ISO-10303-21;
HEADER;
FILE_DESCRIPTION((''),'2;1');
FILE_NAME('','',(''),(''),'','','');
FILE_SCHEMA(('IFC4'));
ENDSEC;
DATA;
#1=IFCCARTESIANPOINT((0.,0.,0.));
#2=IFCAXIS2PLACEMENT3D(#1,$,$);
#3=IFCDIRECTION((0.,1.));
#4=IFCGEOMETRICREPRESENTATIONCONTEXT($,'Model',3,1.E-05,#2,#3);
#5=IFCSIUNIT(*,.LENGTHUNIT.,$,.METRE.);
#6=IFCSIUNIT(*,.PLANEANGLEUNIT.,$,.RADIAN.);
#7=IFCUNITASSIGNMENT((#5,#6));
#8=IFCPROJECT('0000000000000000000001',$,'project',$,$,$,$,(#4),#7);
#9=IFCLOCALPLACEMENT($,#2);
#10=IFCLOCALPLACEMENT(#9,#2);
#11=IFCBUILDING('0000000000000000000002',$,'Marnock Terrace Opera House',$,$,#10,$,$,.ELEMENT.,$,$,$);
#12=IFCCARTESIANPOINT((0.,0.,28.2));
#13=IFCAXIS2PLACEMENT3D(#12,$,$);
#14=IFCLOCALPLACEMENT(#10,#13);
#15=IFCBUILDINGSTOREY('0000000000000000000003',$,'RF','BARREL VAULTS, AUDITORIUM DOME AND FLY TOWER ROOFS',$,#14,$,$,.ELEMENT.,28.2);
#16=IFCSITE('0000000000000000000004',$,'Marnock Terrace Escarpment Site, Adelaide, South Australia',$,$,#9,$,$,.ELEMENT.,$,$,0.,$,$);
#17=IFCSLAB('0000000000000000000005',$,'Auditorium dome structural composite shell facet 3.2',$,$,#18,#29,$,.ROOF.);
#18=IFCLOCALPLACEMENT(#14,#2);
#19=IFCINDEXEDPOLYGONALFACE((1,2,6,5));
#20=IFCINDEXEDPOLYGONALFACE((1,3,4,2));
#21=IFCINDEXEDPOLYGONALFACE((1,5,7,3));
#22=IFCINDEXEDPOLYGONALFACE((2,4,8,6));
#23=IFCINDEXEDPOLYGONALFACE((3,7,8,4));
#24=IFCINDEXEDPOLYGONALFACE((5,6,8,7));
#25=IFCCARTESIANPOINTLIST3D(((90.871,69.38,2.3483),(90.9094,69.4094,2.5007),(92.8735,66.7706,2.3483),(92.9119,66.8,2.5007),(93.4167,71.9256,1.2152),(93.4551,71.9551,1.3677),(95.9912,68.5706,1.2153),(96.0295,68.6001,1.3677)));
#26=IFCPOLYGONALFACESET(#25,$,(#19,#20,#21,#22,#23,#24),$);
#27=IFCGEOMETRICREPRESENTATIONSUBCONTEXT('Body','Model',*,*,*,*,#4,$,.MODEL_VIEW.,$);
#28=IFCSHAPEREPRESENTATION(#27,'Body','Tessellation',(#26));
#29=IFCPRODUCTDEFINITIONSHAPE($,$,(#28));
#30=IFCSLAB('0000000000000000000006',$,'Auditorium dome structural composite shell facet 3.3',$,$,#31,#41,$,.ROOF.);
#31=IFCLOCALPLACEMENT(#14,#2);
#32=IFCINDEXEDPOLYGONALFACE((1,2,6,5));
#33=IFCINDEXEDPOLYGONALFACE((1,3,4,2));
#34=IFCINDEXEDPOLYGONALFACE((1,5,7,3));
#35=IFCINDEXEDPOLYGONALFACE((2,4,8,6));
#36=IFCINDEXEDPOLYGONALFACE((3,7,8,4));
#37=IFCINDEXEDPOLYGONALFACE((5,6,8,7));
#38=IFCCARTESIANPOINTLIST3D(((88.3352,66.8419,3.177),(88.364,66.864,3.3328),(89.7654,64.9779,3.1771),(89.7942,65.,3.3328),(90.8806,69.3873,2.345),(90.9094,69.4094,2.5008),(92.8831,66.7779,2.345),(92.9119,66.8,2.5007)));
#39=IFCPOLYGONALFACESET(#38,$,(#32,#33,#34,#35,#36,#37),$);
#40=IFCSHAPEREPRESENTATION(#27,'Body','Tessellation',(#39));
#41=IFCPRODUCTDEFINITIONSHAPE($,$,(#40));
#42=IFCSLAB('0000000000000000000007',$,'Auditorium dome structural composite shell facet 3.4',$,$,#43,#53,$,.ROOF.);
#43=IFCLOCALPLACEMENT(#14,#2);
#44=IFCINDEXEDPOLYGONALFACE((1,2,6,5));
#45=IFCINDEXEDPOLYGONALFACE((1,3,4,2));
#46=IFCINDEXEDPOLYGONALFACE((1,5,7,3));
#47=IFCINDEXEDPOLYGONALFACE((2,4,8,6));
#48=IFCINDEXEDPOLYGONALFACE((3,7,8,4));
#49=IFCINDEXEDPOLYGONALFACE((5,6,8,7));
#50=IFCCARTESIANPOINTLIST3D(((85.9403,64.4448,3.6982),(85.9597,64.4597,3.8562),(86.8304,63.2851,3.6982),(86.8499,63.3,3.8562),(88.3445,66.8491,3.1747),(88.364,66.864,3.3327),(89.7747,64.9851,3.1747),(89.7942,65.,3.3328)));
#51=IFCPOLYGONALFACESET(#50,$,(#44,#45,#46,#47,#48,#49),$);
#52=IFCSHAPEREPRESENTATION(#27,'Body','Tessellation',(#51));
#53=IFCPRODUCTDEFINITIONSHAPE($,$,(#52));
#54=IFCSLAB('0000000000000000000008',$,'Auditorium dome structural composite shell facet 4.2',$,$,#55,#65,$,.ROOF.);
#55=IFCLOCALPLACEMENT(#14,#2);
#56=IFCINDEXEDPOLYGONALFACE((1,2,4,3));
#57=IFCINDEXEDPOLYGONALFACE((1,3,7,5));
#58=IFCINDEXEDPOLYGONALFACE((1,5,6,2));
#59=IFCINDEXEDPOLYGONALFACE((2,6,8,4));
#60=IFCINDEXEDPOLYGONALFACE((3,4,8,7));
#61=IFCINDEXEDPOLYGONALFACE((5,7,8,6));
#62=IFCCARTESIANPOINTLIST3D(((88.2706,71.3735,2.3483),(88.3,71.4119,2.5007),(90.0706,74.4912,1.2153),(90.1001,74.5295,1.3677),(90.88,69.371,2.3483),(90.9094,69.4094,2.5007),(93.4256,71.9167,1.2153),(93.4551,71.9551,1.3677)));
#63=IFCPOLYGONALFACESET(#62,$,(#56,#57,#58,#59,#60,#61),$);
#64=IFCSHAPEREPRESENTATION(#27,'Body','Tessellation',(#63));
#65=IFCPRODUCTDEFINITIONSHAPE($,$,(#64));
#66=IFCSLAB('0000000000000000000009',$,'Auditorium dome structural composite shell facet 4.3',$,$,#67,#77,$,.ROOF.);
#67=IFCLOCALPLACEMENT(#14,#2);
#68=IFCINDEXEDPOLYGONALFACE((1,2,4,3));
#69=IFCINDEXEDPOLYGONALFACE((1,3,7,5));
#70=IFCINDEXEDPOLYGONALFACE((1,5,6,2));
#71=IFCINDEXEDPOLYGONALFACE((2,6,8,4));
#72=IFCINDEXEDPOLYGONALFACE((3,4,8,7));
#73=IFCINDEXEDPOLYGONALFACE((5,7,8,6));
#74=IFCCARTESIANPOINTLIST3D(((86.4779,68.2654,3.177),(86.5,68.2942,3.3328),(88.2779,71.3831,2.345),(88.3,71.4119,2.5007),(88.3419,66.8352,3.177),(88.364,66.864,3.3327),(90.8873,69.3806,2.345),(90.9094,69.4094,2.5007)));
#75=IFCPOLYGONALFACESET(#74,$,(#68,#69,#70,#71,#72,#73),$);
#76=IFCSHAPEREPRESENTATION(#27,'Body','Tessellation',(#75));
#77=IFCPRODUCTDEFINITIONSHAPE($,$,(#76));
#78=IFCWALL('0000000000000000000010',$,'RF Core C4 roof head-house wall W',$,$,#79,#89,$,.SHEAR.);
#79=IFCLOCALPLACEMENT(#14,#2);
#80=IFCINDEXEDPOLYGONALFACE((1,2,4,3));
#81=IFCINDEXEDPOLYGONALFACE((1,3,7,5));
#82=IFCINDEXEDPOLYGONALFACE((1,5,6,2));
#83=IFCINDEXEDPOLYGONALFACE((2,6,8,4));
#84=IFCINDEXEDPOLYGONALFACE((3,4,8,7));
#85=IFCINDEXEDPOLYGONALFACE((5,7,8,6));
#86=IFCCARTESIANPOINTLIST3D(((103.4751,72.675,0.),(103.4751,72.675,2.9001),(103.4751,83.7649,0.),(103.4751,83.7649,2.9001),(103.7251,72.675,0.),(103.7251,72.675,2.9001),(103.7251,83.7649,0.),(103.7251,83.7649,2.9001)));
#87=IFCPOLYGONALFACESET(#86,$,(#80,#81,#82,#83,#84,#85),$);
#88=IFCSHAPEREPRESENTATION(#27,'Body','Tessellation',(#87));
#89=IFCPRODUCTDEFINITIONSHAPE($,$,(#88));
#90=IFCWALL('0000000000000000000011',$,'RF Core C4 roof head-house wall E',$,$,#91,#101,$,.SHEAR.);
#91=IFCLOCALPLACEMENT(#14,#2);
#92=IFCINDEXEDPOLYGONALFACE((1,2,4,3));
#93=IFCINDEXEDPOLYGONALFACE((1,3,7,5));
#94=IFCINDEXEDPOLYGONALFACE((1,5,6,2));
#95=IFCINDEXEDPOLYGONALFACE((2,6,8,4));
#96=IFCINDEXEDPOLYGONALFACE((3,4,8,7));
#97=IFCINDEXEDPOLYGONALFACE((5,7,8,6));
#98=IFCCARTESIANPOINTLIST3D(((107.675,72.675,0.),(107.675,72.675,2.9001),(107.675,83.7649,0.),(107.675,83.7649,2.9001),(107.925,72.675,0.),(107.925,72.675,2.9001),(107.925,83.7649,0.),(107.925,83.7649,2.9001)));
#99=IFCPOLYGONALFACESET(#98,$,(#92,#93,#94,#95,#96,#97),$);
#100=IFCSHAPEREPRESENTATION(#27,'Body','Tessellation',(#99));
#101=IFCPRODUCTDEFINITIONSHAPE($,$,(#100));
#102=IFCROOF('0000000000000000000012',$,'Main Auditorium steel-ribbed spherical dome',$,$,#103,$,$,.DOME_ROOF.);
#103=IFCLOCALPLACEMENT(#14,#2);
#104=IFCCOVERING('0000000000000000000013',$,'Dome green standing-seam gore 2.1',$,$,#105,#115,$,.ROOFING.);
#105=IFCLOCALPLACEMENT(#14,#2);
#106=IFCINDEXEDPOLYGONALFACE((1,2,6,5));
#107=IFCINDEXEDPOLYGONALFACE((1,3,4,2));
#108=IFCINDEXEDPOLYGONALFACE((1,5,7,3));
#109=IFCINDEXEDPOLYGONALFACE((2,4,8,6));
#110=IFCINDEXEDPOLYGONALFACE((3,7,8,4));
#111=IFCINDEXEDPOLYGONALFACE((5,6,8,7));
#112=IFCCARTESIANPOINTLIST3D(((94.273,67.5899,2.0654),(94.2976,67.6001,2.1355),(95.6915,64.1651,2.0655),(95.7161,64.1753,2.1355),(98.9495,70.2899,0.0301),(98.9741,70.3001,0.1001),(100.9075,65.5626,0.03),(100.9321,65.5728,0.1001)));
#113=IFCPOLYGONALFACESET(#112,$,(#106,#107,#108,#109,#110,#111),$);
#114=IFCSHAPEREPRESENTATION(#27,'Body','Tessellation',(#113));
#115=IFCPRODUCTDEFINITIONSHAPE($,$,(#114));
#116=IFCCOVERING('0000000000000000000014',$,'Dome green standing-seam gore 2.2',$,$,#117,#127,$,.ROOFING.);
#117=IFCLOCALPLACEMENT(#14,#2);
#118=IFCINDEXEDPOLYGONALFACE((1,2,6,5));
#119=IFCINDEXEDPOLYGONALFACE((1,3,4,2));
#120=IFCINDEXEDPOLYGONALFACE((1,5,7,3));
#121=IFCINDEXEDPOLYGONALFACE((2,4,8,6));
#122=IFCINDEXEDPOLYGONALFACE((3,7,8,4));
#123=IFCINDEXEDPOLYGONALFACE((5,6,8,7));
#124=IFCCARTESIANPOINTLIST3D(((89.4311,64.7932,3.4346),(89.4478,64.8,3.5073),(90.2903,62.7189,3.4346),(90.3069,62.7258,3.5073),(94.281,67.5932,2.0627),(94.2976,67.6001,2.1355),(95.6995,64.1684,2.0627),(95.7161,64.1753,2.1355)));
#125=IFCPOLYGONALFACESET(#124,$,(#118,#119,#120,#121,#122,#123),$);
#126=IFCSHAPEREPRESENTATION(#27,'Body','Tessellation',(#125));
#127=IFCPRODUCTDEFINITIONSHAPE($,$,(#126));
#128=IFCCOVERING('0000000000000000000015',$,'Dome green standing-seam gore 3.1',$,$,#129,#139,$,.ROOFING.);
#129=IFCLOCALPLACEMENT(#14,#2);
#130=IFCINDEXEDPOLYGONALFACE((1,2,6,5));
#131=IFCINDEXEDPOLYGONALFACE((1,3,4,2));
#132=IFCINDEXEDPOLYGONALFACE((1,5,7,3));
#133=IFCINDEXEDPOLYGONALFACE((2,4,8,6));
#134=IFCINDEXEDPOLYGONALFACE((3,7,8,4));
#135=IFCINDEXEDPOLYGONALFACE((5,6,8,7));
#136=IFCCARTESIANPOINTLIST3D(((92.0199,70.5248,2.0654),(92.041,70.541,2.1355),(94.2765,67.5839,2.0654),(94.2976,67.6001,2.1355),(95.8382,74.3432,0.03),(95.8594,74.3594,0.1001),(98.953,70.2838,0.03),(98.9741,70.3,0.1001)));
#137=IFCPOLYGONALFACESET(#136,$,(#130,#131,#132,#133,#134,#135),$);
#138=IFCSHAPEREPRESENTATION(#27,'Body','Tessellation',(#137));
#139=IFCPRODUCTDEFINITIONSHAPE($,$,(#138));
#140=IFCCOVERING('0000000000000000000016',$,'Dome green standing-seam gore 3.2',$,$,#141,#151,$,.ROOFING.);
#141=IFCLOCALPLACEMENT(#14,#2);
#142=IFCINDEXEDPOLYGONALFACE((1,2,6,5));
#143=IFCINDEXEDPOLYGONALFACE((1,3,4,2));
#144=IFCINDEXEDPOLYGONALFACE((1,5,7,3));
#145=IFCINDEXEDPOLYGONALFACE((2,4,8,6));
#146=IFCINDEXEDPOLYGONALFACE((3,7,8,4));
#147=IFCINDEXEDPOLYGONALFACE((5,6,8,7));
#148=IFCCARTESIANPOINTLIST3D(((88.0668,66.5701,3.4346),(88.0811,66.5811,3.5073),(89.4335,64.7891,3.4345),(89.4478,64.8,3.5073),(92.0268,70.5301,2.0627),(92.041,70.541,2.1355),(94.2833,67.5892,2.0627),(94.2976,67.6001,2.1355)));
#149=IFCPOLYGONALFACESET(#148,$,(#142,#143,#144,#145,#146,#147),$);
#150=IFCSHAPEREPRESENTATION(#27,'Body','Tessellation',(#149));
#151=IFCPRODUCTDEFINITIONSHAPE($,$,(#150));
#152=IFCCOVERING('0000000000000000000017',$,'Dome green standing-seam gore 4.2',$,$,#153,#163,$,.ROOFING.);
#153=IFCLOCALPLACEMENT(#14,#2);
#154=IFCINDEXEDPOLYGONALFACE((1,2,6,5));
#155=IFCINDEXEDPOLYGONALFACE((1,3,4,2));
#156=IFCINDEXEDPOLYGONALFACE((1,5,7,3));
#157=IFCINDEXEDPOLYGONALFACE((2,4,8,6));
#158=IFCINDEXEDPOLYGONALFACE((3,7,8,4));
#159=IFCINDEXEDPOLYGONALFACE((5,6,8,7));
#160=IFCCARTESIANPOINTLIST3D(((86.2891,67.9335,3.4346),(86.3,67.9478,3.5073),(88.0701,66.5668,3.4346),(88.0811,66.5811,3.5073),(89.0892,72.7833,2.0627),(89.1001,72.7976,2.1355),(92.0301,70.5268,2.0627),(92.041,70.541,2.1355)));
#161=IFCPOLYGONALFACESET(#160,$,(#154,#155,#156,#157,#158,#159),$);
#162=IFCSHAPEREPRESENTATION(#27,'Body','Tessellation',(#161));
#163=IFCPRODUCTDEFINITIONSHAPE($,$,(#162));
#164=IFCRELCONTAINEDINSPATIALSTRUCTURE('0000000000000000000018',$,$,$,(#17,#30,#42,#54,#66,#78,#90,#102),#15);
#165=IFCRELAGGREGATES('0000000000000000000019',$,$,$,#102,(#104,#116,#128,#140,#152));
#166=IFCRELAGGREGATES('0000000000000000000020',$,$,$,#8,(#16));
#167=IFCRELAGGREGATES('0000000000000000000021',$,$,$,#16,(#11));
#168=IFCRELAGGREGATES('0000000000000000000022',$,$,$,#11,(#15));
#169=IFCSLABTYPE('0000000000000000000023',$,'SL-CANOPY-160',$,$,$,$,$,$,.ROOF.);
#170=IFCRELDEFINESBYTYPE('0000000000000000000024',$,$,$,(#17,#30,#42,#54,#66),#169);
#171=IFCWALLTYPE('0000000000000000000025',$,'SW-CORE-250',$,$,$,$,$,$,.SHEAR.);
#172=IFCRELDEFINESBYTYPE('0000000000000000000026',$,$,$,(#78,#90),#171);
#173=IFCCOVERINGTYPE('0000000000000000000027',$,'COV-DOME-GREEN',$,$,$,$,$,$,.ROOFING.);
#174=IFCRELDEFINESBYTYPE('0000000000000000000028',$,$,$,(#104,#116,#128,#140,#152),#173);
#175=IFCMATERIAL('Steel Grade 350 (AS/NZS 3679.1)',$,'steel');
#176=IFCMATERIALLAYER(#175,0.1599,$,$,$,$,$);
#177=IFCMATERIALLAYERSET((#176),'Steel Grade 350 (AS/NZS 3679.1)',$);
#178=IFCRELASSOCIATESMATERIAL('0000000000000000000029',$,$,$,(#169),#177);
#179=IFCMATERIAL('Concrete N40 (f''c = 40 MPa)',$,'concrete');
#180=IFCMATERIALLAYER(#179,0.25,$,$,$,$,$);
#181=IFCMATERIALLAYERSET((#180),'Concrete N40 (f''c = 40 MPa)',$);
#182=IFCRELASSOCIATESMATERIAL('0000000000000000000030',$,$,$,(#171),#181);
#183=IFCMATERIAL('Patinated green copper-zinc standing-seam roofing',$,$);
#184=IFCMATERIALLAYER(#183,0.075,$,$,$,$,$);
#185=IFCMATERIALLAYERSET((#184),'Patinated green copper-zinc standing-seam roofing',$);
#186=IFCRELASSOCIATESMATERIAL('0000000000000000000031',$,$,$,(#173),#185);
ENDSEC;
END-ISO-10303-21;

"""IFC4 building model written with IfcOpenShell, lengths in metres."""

from ifc_helpers import new_model, si_unit, direction, frame, frame_2d, origin, place, context, subcontext, project, spatial, polyline, rectangle, outline, extrude, material, layer, layer_set, type_object, element, aggregate, save


model = new_model("IFC4")

# Units and contexts
model_context = context("Model", 3, precision=1e-05, world=origin(), true_north=direction((0.0, 1.0)))
body_context = subcontext(model_context, "Body", "Model", "MODEL_VIEW")
ifc_project = project(units=[si_unit("LENGTHUNIT", "METRE"), si_unit("PLANEANGLEUNIT", "RADIAN")], contexts=[model_context])

# Site, building, storey
site_placement = place(None, origin())
site = spatial("IfcSite", under=ifc_project, at=site_placement, Name="Marnock Terrace Escarpment Site, Adelaide, South Australia", CompositionType="ELEMENT", RefElevation=0.0)
building_placement = place(site_placement, origin())
building = spatial("IfcBuilding", under=site, at=building_placement, Name="Marnock Terrace Opera House", CompositionType="ELEMENT")
storey_placement = place(building_placement, frame((0.0, 0.0, 28.2)))
storey = spatial("IfcBuildingStorey", under=building, at=storey_placement, Name="RF", Description="BARREL VAULTS, AUDITORIUM DOME AND FLY TOWER ROOFS", CompositionType="ELEMENT", Elevation=28.2)

# Shared definitions
ifc_material_1 = material(Name="Steel Grade 350 (AS/NZS 3679.1)", Category="steel")

# Slabs
ifc_layer_1 = layer(ifc_material_1, 0.1599)
ifc_layer_set_1 = layer_set([ifc_layer_1], Name="Steel Grade 350 (AS/NZS 3679.1)")
slab_type = type_object("IfcSlabType", Name="SL-CANOPY-160", PredefinedType="ROOF", material=ifc_layer_set_1)
slab_1_placement = place(storey_placement, frame((96.0295, 68.6001, 1.3677), z_axis=(0.240038, 0.1842, 0.953127), x_axis=(-0.608777, 0.793342, -0.000004)))
element("IfcSlab", 1, at=slab_1_placement, inside=storey, type_object=slab_type, Name="Auditorium dome structural composite shell facet 3.2", PredefinedType="ROOF", context=body_context, shape_type="SweptSolid", body=[
    extrude(outline(polyline([(0.0, 0.0), (4.2289, 0.0), (3.7591, 3.7448), (0.4699, 3.7447), (0.0, 0.0)])), origin(), (0.0, 0.0, -1.0), 0.1599),
])
slab_2_placement = place(storey_placement, frame((92.9119, 66.8, 2.5007), z_axis=(0.180117, 0.138211, 0.973887), x_axis=(-0.608798, 0.793326, 0.000009)))
element("IfcSlab", 2, at=slab_2_placement, inside=storey, type_object=slab_type, Name="Auditorium dome structural composite shell facet 3.3", PredefinedType="ROOF", context=body_context, shape_type="SweptSolid", body=[
    extrude(outline(polyline([(0.0, 0.0), (3.2892, 0.0), (2.8195, 3.6647), (0.47, 3.6649), (0.0, 0.0)])), origin(), (0.0, 0.0, -1.0), 0.1599),
])
slab_3_placement = place(storey_placement, frame((89.7942, 65.0, 3.3328), z_axis=(0.12173, 0.093413, 0.988158), x_axis=(-0.608727, 0.793379, -0.000012)))
element("IfcSlab", 3, at=slab_3_placement, inside=storey, type_object=slab_type, Name="Auditorium dome structural composite shell facet 3.4", PredefinedType="ROOF", context=body_context, shape_type="SweptSolid", body=[
    extrude(outline(polyline([(0.0, 0.0), (2.3495, 0.0), (1.9055, 3.4115), (0.4436, 3.4112), (0.0, 0.0)])), origin(), (0.0, 0.0, -1.0), 0.1599),
])
slab_4_placement = place(storey_placement, frame((93.4551, 71.9551, 1.3677), z_axis=(0.1842, 0.240038, 0.953127), x_axis=(-0.793342, 0.608777, 0.000004)))
element("IfcSlab", 4, at=slab_4_placement, inside=storey, type_object=slab_type, Name="Auditorium dome structural composite shell facet 4.2", PredefinedType="ROOF", context=body_context, shape_type="SweptSolid", body=[
    extrude(outline(polyline([(0.0, 0.0), (4.2289, 0.0), (3.759, 3.7447), (0.4698, 3.7448), (0.0, 0.0)])), origin(), (0.0, 0.0, -1.0), 0.1599),
])
slab_5_placement = place(storey_placement, frame((90.9094, 69.4094, 2.5007), z_axis=(0.138211, 0.180117, 0.973887), x_axis=(-0.793326, 0.608798, -0.000009)))
element("IfcSlab", 5, at=slab_5_placement, inside=storey, type_object=slab_type, Name="Auditorium dome structural composite shell facet 4.3", PredefinedType="ROOF", context=body_context, shape_type="SweptSolid", body=[
    extrude(outline(polyline([(0.0, 0.0), (3.2892, 0.0), (2.8191, 3.6649), (0.4697, 3.6647), (0.0, 0.0)])), origin(), (0.0, 0.0, -1.0), 0.1599),
])

# Walls
ifc_material_2 = material(Name="Concrete N40 (f'c = 40 MPa)", Category="concrete")
ifc_layer_2 = layer(ifc_material_2, 0.25)
ifc_layer_set_2 = layer_set([ifc_layer_2], Name="Concrete N40 (f'c = 40 MPa)")
wall_type = type_object("IfcWallType", Name="SW-CORE-250", PredefinedType="SHEAR", material=ifc_layer_set_2)
for number, where, z_axis, x_axis, name in (
    (6, (103.6001, 72.675, 0.0), (0.0, 0.0, 1.0), (0.0, 1.0, 0.0), "RF Core C4 roof head-house wall W"),
    (7, (107.8, 72.675, 0.0), (0.0, 0.0, 1.0), (0.0, 1.0, 0.0), "RF Core C4 roof head-house wall E"),
):
    element("IfcWall", number, at=place(storey_placement, frame(where, z_axis=z_axis, x_axis=x_axis)), inside=storey, type_object=wall_type, Name=name, PredefinedType="SHEAR", context=body_context, shape_type="SweptSolid", body=[
        extrude(rectangle(XDim=11.0898, YDim=0.25, at=frame_2d((5.5449, 0.0))), origin(), (0.0, 0.0, 1.0), 2.9001),
    ])

# Roof, coverings
roof_placement = place(storey_placement, origin())
roof = element("IfcRoof", 8, at=roof_placement, inside=storey, Name="Main Auditorium steel-ribbed spherical dome", PredefinedType="DOME_ROOF")
ifc_material_3 = material(Name="Patinated green copper-zinc standing-seam roofing")
ifc_layer_3 = layer(ifc_material_3, 0.075)
ifc_layer_set_3 = layer_set([ifc_layer_3], Name="Patinated green copper-zinc standing-seam roofing")
covering_type = type_object("IfcCoveringType", Name="COV-DOME-GREEN", PredefinedType="ROOFING", material=ifc_layer_set_3)
covering_1_placement = place(storey_placement, frame((100.9321, 65.5728, 0.1001), z_axis=(0.328318, 0.135984, 0.934728), x_axis=(-0.382666, 0.923887, 0.000002)))
covering_1 = element("IfcCovering", 9, at=covering_1_placement, type_object=covering_type, Name="Dome green standing-seam gore 2.1", PredefinedType="ROOFING", context=body_context, shape_type="SweptSolid", body=[
    extrude(outline(polyline([(0.0, 0.0), (5.1167, 0.0), (4.4118, 5.7276), (0.7049, 5.7277), (0.0, 0.0)])), origin(), (0.0, 0.0, -1.0), 0.075),
])
covering_2_placement = place(storey_placement, frame((95.7161, 64.1753, 2.1355), z_axis=(0.22161, 0.091787, 0.970806), x_axis=(-0.382651, 0.923893, -0.000002)))
covering_2 = element("IfcCovering", 10, at=covering_2_placement, type_object=covering_type, Name="Dome green standing-seam gore 2.2", PredefinedType="ROOFING", context=body_context, shape_type="SweptSolid", body=[
    extrude(outline(polyline([(0.0, 0.0), (3.7069, 0.0), (2.9758, 5.7192), (0.7307, 5.7191), (0.0, 0.0)])), origin(), (0.0, 0.0, -1.0), 0.075),
])
covering_3_placement = place(storey_placement, frame((98.9741, 70.3, 0.1001), z_axis=(0.281933, 0.216329, 0.934727), x_axis=(-0.608751, 0.793361, 0.0)))
covering_3 = element("IfcCovering", 11, at=covering_3_placement, type_object=covering_type, Name="Dome green standing-seam gore 3.1", PredefinedType="ROOFING", context=body_context, shape_type="SweptSolid", body=[
    extrude(outline(polyline([(0.0, 0.0), (5.1166, 0.0), (4.4117, 5.7276), (0.7048, 5.7276), (0.0, 0.0)])), origin(), (0.0, 0.0, -1.0), 0.075),
])
covering_4_placement = place(storey_placement, frame((94.2976, 67.6001, 2.1355), z_axis=(0.190295, 0.14602, 0.970807), x_axis=(-0.608753, 0.79336, -0.000004)))
covering_4 = element("IfcCovering", 12, at=covering_4_placement, type_object=covering_type, Name="Dome green standing-seam gore 3.2", PredefinedType="ROOFING", context=body_context, shape_type="SweptSolid", body=[
    extrude(outline(polyline([(0.0, 0.0), (3.7069, 0.0), (2.9759, 5.7193), (0.7309, 5.7192), (0.0, 0.0)])), origin(), (0.0, 0.0, -1.0), 0.075),
])
covering_5_placement = place(storey_placement, frame((92.041, 70.541, 2.1355), z_axis=(0.14602, 0.190295, 0.970807), x_axis=(-0.79336, 0.608753, 0.000004)))
covering_5 = element("IfcCovering", 13, at=covering_5_placement, type_object=covering_type, Name="Dome green standing-seam gore 4.2", PredefinedType="ROOFING", context=body_context, shape_type="SweptSolid", body=[
    extrude(outline(polyline([(0.0, 0.0), (3.7069, 0.0), (2.976, 5.7192), (0.731, 5.7193), (0.0, 0.0)])), origin(), (0.0, 0.0, -1.0), 0.075),
])
aggregate(roof, [covering_1, covering_2, covering_3, covering_4, covering_5])

save(model, "model.ifc")
